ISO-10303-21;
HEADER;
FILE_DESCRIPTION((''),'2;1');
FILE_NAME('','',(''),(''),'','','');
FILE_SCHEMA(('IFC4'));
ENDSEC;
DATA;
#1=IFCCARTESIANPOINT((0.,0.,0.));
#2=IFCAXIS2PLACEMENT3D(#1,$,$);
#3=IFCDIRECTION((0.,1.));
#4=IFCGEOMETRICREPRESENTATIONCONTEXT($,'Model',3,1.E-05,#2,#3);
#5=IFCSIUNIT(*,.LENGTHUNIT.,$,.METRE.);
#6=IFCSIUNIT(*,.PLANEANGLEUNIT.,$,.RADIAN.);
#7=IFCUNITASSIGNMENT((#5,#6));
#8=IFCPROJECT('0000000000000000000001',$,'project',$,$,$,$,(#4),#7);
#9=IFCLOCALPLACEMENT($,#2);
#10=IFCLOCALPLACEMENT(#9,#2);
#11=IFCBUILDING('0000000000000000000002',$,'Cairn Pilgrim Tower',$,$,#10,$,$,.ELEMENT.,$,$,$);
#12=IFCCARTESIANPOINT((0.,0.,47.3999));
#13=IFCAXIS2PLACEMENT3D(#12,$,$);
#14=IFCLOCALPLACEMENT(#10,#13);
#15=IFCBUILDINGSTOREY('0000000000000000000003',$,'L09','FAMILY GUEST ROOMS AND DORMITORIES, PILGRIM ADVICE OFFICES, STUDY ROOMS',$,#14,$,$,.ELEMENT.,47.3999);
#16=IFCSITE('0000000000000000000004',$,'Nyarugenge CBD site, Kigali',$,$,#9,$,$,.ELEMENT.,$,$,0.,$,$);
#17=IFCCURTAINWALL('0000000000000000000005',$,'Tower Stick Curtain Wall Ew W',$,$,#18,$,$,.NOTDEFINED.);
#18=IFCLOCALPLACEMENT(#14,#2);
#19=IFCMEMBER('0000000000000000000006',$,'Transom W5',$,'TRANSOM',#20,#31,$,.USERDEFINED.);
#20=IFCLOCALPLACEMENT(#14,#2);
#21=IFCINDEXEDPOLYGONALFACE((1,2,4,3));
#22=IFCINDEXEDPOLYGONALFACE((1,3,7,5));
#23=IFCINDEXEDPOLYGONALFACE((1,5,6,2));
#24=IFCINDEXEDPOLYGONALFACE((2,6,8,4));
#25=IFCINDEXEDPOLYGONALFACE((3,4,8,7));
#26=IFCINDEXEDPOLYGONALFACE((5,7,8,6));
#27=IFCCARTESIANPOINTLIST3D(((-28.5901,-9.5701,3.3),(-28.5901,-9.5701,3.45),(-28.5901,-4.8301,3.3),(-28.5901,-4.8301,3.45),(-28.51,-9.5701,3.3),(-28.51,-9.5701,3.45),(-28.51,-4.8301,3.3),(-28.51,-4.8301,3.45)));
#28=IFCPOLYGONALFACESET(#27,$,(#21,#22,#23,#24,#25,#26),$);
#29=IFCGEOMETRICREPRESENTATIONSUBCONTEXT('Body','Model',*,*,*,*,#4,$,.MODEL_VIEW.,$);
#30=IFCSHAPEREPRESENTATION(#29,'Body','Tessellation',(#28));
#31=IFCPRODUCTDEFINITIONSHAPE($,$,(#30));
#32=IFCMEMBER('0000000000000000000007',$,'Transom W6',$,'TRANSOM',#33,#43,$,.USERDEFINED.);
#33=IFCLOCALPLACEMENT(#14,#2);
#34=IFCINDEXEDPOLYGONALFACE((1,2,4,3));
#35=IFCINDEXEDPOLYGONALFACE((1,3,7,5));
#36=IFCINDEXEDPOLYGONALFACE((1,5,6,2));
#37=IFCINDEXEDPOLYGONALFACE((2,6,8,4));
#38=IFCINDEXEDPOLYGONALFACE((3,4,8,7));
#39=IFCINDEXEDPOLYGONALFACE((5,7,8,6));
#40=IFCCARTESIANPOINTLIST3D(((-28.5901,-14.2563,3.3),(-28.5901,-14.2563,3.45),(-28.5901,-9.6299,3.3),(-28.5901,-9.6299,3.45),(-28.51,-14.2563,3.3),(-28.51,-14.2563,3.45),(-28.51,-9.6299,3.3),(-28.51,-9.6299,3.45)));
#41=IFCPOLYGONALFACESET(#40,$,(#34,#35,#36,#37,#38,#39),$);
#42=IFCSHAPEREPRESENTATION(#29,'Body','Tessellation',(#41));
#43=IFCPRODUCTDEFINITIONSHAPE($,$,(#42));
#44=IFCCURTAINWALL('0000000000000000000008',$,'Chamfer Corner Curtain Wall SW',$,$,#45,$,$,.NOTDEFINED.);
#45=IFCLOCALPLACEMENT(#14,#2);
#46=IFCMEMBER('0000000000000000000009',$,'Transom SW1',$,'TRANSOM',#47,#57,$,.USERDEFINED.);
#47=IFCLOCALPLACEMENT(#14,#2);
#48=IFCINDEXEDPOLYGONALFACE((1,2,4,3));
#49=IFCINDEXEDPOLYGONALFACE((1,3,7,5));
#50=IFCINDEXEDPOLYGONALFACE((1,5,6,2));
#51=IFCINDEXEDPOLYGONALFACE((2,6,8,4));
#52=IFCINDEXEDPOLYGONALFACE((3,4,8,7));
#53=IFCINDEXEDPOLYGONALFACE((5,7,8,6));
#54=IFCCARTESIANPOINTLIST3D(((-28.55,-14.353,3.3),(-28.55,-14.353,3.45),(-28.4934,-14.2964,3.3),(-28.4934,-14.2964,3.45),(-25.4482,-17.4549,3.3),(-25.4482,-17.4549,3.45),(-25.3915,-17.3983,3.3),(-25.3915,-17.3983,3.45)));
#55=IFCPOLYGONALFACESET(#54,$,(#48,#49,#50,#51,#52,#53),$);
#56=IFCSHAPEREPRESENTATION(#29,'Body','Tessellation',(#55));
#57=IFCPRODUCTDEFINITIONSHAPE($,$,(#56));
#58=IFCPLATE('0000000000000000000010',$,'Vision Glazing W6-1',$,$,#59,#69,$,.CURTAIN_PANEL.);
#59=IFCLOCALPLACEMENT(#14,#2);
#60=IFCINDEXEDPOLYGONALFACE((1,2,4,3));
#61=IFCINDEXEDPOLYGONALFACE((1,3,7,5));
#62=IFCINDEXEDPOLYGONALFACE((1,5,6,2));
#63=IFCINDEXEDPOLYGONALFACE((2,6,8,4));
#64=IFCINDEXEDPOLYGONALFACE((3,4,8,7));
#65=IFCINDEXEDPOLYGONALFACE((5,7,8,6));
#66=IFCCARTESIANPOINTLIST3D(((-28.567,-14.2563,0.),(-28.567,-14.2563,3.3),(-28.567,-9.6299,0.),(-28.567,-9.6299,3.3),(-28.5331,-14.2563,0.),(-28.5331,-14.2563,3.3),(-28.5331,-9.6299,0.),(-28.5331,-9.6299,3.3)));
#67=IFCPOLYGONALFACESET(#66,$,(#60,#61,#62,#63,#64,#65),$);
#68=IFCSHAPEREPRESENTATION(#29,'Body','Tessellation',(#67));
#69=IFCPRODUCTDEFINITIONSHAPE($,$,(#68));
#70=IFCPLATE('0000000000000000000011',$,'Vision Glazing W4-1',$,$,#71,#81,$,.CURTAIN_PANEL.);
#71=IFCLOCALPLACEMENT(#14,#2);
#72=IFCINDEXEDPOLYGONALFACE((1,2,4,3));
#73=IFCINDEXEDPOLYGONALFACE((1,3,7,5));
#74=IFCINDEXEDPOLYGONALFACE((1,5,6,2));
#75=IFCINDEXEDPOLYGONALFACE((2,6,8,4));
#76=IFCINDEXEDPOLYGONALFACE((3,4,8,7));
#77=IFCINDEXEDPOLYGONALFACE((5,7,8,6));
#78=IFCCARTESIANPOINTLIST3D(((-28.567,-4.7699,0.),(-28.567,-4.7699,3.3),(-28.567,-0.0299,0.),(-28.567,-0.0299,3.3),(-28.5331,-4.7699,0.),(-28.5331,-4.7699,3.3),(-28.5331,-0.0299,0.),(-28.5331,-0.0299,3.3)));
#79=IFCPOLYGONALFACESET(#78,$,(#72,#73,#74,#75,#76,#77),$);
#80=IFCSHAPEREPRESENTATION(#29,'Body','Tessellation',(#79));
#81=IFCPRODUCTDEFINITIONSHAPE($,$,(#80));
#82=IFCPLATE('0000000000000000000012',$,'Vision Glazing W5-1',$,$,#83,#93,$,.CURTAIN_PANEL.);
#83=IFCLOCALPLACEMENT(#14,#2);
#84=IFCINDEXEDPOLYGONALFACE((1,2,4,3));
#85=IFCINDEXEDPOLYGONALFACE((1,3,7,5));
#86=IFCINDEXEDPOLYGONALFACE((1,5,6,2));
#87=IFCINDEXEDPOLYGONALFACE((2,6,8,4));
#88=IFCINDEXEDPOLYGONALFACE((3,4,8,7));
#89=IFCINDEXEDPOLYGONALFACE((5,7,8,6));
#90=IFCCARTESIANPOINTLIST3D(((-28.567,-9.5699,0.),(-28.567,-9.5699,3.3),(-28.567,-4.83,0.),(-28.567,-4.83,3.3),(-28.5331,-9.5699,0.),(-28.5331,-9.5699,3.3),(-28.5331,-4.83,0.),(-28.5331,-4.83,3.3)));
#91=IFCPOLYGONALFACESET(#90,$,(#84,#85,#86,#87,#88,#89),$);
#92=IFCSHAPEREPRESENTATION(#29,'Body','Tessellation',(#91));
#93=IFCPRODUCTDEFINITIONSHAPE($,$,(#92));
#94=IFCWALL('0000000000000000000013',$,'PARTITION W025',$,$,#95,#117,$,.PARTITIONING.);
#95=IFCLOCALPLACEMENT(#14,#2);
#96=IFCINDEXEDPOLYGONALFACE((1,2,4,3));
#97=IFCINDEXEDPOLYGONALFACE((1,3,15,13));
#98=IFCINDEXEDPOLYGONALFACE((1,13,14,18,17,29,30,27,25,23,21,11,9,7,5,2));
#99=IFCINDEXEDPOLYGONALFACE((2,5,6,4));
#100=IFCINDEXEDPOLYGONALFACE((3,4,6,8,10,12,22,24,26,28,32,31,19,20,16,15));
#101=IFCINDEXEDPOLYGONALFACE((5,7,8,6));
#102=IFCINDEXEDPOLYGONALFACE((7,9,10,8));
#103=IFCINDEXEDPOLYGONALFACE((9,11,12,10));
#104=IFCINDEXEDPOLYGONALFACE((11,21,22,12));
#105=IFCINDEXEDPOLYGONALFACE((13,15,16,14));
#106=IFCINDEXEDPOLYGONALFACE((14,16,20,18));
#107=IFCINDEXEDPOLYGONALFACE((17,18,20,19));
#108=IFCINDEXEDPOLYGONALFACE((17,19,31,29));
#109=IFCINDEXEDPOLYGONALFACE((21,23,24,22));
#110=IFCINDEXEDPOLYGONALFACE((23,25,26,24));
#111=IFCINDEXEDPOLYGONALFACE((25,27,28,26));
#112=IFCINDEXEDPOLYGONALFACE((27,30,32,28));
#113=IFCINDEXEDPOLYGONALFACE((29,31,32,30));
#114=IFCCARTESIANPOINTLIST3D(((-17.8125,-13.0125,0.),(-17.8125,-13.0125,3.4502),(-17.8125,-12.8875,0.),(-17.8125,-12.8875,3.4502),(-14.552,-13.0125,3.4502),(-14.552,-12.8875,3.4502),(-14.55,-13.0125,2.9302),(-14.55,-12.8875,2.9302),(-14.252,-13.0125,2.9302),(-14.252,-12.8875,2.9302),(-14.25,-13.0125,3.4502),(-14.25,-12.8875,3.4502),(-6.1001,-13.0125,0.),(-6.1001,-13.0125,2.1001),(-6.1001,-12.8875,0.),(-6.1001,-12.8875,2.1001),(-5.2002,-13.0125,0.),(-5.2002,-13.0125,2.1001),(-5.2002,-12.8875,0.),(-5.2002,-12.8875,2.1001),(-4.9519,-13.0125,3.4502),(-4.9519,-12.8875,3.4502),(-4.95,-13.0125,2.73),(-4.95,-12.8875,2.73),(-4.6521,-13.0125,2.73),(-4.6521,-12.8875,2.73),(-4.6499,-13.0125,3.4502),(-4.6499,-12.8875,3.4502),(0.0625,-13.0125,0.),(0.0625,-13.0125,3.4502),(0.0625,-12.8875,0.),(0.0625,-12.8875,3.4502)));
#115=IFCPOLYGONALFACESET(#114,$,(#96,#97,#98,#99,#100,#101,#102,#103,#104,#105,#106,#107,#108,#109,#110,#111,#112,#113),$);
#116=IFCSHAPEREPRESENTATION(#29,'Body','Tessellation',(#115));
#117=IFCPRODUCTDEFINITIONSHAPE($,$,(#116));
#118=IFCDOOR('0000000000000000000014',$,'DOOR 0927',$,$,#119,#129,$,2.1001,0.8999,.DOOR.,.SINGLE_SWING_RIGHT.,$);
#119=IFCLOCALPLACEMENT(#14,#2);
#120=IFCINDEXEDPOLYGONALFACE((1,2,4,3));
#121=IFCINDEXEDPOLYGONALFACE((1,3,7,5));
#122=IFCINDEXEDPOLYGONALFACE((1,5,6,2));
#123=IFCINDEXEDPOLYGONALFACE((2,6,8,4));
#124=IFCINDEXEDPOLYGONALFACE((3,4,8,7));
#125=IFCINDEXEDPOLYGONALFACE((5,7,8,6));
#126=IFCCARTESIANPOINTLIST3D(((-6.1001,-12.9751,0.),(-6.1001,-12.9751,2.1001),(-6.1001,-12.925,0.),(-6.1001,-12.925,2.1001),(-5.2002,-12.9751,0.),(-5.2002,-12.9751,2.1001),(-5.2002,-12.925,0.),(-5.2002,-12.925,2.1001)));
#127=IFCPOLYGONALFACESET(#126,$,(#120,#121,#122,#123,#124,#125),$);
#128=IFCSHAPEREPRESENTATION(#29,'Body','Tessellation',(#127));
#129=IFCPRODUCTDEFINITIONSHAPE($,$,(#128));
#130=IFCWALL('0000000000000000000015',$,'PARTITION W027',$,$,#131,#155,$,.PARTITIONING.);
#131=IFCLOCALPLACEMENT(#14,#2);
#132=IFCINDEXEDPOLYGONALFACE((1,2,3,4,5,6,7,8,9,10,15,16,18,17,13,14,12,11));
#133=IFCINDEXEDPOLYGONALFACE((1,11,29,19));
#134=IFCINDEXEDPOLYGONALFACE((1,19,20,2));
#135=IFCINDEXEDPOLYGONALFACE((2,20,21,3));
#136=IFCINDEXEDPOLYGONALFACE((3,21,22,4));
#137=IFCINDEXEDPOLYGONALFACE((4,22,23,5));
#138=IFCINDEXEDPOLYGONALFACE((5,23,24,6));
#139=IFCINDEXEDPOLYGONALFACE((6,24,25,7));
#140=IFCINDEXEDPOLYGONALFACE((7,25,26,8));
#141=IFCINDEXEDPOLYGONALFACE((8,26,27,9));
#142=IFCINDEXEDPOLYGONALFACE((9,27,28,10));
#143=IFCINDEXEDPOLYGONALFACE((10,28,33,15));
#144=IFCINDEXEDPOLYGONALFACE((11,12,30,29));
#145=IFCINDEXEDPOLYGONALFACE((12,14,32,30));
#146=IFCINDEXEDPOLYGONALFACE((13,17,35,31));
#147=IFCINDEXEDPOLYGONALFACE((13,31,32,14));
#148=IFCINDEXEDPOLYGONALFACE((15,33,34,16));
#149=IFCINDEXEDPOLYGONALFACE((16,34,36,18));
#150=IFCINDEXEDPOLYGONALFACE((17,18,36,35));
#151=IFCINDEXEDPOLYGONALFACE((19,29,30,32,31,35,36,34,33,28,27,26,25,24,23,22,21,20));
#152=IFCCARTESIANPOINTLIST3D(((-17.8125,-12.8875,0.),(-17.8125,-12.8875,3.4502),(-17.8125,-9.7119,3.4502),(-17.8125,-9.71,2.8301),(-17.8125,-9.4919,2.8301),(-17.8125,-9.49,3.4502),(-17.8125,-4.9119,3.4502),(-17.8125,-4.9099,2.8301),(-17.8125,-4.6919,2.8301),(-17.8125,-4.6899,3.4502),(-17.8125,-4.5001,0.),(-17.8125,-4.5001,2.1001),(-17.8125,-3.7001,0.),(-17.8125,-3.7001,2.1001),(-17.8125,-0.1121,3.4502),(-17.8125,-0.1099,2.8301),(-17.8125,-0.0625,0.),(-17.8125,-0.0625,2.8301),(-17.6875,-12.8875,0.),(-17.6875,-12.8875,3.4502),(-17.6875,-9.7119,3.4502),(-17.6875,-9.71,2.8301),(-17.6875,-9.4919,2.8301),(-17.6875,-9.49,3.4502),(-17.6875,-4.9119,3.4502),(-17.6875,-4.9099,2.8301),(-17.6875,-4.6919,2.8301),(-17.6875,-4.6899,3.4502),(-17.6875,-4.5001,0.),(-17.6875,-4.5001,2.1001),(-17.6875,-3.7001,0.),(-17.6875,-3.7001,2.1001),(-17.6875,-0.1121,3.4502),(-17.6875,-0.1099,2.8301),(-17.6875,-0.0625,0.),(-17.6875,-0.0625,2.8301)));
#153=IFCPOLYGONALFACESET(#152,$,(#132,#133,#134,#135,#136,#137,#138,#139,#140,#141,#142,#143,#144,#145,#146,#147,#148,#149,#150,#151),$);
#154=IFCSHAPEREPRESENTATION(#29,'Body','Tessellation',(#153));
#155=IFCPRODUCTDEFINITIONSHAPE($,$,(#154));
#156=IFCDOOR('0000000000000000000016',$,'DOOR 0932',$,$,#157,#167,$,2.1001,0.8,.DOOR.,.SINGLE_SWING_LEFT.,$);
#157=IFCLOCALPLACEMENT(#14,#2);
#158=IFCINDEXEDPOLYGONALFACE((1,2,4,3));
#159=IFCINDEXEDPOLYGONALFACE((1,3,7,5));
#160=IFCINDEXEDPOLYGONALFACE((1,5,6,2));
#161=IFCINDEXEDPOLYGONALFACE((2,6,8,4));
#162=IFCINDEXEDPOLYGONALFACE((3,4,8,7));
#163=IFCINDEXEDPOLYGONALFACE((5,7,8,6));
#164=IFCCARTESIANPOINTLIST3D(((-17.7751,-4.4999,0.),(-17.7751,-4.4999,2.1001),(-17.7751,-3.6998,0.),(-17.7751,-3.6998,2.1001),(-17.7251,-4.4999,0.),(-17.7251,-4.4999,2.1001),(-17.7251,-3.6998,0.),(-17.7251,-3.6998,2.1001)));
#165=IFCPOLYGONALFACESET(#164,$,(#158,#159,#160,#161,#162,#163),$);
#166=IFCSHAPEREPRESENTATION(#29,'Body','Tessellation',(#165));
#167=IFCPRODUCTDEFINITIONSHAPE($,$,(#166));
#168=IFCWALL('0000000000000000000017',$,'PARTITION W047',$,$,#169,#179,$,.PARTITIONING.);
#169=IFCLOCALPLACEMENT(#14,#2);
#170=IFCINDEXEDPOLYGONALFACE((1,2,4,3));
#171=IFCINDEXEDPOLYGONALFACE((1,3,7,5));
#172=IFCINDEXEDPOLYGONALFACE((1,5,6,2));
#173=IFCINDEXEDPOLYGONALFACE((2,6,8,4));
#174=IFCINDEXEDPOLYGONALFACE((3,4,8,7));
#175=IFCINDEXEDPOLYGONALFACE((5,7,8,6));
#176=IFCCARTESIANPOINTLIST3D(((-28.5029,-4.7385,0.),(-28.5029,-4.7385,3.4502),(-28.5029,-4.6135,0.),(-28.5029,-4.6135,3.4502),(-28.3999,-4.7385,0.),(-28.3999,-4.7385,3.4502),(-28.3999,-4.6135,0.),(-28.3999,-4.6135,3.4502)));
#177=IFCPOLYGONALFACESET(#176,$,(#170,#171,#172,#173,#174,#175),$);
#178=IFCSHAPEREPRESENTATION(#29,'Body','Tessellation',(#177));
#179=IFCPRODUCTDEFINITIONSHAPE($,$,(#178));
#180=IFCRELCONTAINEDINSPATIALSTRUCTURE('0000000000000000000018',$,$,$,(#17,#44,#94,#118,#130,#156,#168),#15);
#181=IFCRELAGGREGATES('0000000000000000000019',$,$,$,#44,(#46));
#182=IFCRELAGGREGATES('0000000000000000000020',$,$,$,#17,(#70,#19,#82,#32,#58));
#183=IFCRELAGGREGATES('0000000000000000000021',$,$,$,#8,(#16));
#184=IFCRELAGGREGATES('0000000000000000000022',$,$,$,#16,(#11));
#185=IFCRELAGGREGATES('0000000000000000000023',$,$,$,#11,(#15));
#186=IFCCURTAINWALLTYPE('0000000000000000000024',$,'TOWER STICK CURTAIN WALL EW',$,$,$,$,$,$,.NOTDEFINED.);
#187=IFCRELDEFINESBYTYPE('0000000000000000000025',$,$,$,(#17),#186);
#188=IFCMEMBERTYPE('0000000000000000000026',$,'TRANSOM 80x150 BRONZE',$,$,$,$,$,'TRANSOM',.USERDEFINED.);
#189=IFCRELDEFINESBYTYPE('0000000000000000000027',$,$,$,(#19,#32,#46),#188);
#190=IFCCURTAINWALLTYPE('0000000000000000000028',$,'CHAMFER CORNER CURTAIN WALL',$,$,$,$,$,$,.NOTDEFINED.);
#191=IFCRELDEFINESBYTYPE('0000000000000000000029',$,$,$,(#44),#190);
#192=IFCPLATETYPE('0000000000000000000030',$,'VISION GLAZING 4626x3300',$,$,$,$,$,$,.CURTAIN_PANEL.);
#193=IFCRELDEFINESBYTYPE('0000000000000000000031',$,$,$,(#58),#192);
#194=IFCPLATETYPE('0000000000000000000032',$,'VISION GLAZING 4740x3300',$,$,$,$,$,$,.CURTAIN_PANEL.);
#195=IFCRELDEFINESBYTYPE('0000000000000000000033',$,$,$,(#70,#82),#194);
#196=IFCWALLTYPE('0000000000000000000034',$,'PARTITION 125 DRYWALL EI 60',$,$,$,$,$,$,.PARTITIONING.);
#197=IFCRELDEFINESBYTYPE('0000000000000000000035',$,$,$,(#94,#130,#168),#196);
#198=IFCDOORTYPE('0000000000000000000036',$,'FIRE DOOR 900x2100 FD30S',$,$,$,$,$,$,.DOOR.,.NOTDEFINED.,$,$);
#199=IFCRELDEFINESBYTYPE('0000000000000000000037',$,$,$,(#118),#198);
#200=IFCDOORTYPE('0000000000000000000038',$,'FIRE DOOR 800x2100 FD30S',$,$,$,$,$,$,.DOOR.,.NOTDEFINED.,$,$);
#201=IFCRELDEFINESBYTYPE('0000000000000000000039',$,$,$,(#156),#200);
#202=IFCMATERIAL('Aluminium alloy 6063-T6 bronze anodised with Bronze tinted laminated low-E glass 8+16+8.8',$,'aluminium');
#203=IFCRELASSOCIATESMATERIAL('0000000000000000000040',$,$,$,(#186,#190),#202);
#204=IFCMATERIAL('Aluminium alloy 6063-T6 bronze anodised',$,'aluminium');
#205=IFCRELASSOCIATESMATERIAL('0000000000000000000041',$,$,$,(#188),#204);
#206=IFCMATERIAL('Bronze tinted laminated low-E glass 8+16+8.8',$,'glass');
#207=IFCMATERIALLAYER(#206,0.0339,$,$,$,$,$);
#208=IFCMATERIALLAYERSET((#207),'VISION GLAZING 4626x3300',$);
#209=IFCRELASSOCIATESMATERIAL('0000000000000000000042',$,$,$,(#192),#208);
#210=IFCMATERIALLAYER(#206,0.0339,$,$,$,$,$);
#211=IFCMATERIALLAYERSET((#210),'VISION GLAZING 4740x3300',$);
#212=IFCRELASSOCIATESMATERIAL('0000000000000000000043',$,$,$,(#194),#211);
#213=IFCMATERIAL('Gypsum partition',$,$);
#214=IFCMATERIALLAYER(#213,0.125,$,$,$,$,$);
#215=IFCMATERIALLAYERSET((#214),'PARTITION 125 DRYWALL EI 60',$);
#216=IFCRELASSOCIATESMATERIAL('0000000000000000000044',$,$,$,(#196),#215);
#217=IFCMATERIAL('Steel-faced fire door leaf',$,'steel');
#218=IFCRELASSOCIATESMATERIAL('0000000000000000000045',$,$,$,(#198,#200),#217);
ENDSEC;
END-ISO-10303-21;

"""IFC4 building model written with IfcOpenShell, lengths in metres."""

from ifc_helpers import new_model, si_unit, direction, frame, frame_2d, origin, origin_2d, place, context, subcontext, project, spatial, polyline, rectangle, outline, extrude, material, layer, layer_set, material_profile, profile_set, type_object, element, fill, aggregate, save


model = new_model("IFC4")

# Units and contexts
model_context = context("Model", 3, precision=1e-05, world=origin(), true_north=direction((0.0, 1.0)))
body_context = subcontext(model_context, "Body", "Model", "MODEL_VIEW")
ifc_project = project(units=[si_unit("LENGTHUNIT", "METRE"), si_unit("PLANEANGLEUNIT", "RADIAN")], contexts=[model_context])

# Site, building, storey
site_placement = place(None, origin())
site = spatial("IfcSite", under=ifc_project, at=site_placement, Name="Nyarugenge CBD site, Kigali", CompositionType="ELEMENT", RefElevation=0.0)
building_placement = place(site_placement, origin())
building = spatial("IfcBuilding", under=site, at=building_placement, Name="Cairn Pilgrim Tower", CompositionType="ELEMENT")
storey_placement = place(building_placement, frame((0.0, 0.0, 47.3999)))
storey = spatial("IfcBuildingStorey", under=building, at=storey_placement, Name="L09", Description="FAMILY GUEST ROOMS AND DORMITORIES, PILGRIM ADVICE OFFICES, STUDY ROOMS", CompositionType="ELEMENT", Elevation=47.3999)

# Curtain wall
ifc_material_1 = material(Name="Aluminium alloy 6063-T6 bronze anodised with Bronze tinted laminated low-E glass 8+16+8.8", Category="aluminium")
curtain_wall_type_1 = type_object("IfcCurtainWallType", Name="TOWER STICK CURTAIN WALL EW", PredefinedType="NOTDEFINED", material=ifc_material_1)
curtain_wall_1_placement = place(storey_placement, origin())
curtain_wall_1 = element("IfcCurtainWall", 1, at=curtain_wall_1_placement, inside=storey, type_object=curtain_wall_type_1, Name="Tower Stick Curtain Wall Ew W", PredefinedType="NOTDEFINED")
ifc_material_2 = material(Name="Aluminium alloy 6063-T6 bronze anodised", Category="aluminium")

# Members
ifc_material_profile_1 = material_profile(ifc_material_2, rectangle(XDim=0.0801, YDim=0.1499, at=origin_2d()), Name="TRANSOM 80x150 BRONZE")
ifc_profile_set_1 = profile_set([ifc_material_profile_1], Name="Aluminium alloy 6063-T6 bronze anodised")
member_type_1 = type_object("IfcMemberType", Name="TRANSOM 80x150 BRONZE", ElementType="TRANSOM", PredefinedType="USERDEFINED", material=ifc_profile_set_1)
member_1_placement = place(storey_placement, frame((-28.55, -4.8301, 3.375), z_axis=(0.0, -1.0, 0.0), x_axis=(1.0, 0.0, 0.0)))
member_1 = element("IfcMember", 2, at=member_1_placement, type_object=member_type_1, Name="Transom W5", ObjectType="TRANSOM", PredefinedType="USERDEFINED", context=body_context, shape_type="SweptSolid", body=[
    extrude(rectangle(XDim=0.0801, YDim=0.1499, at=origin_2d()), origin(), (0.0, 0.0, 1.0), 4.74),
])
member_2_placement = place(storey_placement, frame((-28.55, -9.6299, 3.375), z_axis=(0.0, -1.0, 0.0), x_axis=(1.0, 0.0, 0.0)))
member_2 = element("IfcMember", 3, at=member_2_placement, type_object=member_type_1, Name="Transom W6", ObjectType="TRANSOM", PredefinedType="USERDEFINED", context=body_context, shape_type="SweptSolid", body=[
    extrude(rectangle(XDim=0.0801, YDim=0.1499, at=origin_2d()), origin(), (0.0, 0.0, 1.0), 4.6265),
])

# Curtain wall, member
curtain_wall_type_2 = type_object("IfcCurtainWallType", Name="CHAMFER CORNER CURTAIN WALL", PredefinedType="NOTDEFINED", material=ifc_material_1)
curtain_wall_2_placement = place(storey_placement, origin())
curtain_wall_2 = element("IfcCurtainWall", 4, at=curtain_wall_2_placement, inside=storey, type_object=curtain_wall_type_2, Name="Chamfer Corner Curtain Wall SW", PredefinedType="NOTDEFINED")
member_3_placement = place(storey_placement, frame((-28.5217, -14.3247, 3.375), z_axis=(0.707107, -0.707107, 0.0), x_axis=(0.707107, 0.707107, 0.0)))
member_3 = element("IfcMember", 5, at=member_3_placement, type_object=member_type_1, Name="Transom SW1", ObjectType="TRANSOM", PredefinedType="USERDEFINED", context=body_context, shape_type="SweptSolid", body=[
    extrude(rectangle(XDim=0.0801, YDim=0.1499, at=origin_2d()), origin(), (0.0, 0.0, 1.0), 4.3867),
])
aggregate(curtain_wall_2, [member_3])

# Plates
ifc_material_3 = material(Name="Bronze tinted laminated low-E glass 8+16+8.8", Category="glass")
ifc_layer_1 = layer(ifc_material_3, 0.0339)
ifc_layer_set_1 = layer_set([ifc_layer_1], Name="VISION GLAZING 4626x3300")
plate_type_1 = type_object("IfcPlateType", Name="VISION GLAZING 4626x3300", PredefinedType="CURTAIN_PANEL", material=ifc_layer_set_1)
plate_1_placement = place(storey_placement, frame((-28.55, -11.9431, 0.0), z_axis=(0.0, 0.0, 1.0), x_axis=(0.0, -1.0, 0.0)))
plate_1 = element("IfcPlate", 6, at=plate_1_placement, type_object=plate_type_1, Name="Vision Glazing W6-1", PredefinedType="CURTAIN_PANEL", context=body_context, shape_type="SweptSolid", body=[
    extrude(rectangle(XDim=4.6265, YDim=0.0339, at=origin_2d()), origin(), (0.0, 0.0, 1.0), 3.3),
])
ifc_layer_2 = layer(ifc_material_3, 0.0339)
ifc_layer_set_2 = layer_set([ifc_layer_2], Name="VISION GLAZING 4740x3300")
plate_type_2 = type_object("IfcPlateType", Name="VISION GLAZING 4740x3300", PredefinedType="CURTAIN_PANEL", material=ifc_layer_set_2)
plate_2_placement = place(storey_placement, frame((-28.55, -2.3999, 0.0), z_axis=(0.0, 0.0, 1.0), x_axis=(0.0, -1.0, 0.0)))
plate_2 = element("IfcPlate", 7, at=plate_2_placement, type_object=plate_type_2, Name="Vision Glazing W4-1", PredefinedType="CURTAIN_PANEL", context=body_context, shape_type="SweptSolid", body=[
    extrude(rectangle(XDim=4.74, YDim=0.0339, at=origin_2d()), origin(), (0.0, 0.0, 1.0), 3.3),
])
plate_3_placement = place(storey_placement, frame((-28.55, -7.2, 0.0), z_axis=(0.0, 0.0, 1.0), x_axis=(0.0, -1.0, 0.0)))
plate_3 = element("IfcPlate", 8, at=plate_3_placement, type_object=plate_type_2, Name="Vision Glazing W5-1", PredefinedType="CURTAIN_PANEL", context=body_context, shape_type="SweptSolid", body=[
    extrude(rectangle(XDim=4.74, YDim=0.0339, at=origin_2d()), origin(), (0.0, 0.0, 1.0), 3.3),
])
aggregate(curtain_wall_1, [plate_2, member_1, plate_3, member_2, plate_1])

# Walls, openings, doors
ifc_material_4 = material(Name="Gypsum partition")
ifc_layer_3 = layer(ifc_material_4, 0.125)
ifc_layer_set_3 = layer_set([ifc_layer_3], Name="PARTITION 125 DRYWALL EI 60")
wall_type_1 = type_object("IfcWallType", Name="PARTITION 125 DRYWALL EI 60", PredefinedType="PARTITIONING", material=ifc_layer_set_3)
wall_1_placement = place(storey_placement, frame((-17.8125, -12.95, 0.0), z_axis=(0.0, 0.0, 1.0), x_axis=(1.0, 0.0, 0.0)))
wall_1 = element("IfcWall", 9, at=wall_1_placement, inside=storey, type_object=wall_type_1, Name="PARTITION W025", PredefinedType="PARTITIONING", context=body_context, shape_type="SweptSolid", body=[
    extrude(outline(polyline([(0.0, 0.0), (17.875, 0.0), (17.875, 3.4502), (13.1626, 3.4502), (13.1604, 2.73), (12.8625, 2.73), (12.8606, 3.4502), (3.5625, 3.4502), (3.5605, 2.9302), (3.2625, 2.9302), (3.2605, 3.4502), (0.0, 3.4502), (0.0, 0.0)])), frame((0.0, 0.0625, 0.0), z_axis=(0.0, -1.0, 0.0), x_axis=(1.0, 0.0, 0.0)), (0.0, 0.0, 1.0), 0.125),
])
opening_1_placement = place(wall_1_placement, frame((11.7124, 0.0, 0.0)))
opening_1 = element("IfcOpeningElement", 10, at=opening_1_placement, cuts=wall_1, PredefinedType="OPENING", context=body_context, shape_type="SweptSolid", body=[
    extrude(rectangle(XDim=0.8999, YDim=2.1001, at=frame_2d((0.45, 1.05))), frame((0.0, 0.0725, 0.0), z_axis=(0.0, -1.0, 0.0), x_axis=(1.0, 0.0, 0.0)), (0.0, 0.0, 1.0), 0.145),
])
ifc_material_5 = material(Name="Steel-faced fire door leaf", Category="steel")
door_type_1 = type_object("IfcDoorType", Name="FIRE DOOR 900x2100 FD30S", OperationType="NOTDEFINED", PredefinedType="DOOR", material=ifc_material_5)
door_1_placement = place(opening_1_placement, origin())
door_1 = element("IfcDoor", 11, at=door_1_placement, inside=storey, type_object=door_type_1, Name="DOOR 0927", OperationType="SINGLE_SWING_RIGHT", OverallHeight=2.1001, OverallWidth=0.8999, PredefinedType="DOOR", context=body_context, shape_type="SweptSolid", body=[
    extrude(rectangle(XDim=0.8999, YDim=2.1001, at=frame_2d((0.45, 1.05))), frame((0.0, 0.0249, 0.0), z_axis=(0.0, -1.0, 0.0), x_axis=(1.0, 0.0, 0.0)), (0.0, 0.0, 1.0), 0.05),
])
fill(opening_1, door_1)
wall_2_placement = place(storey_placement, frame((-17.75, -12.8875, 0.0), z_axis=(0.0, 0.0, 1.0), x_axis=(0.0, 1.0, 0.0)))
wall_2 = element("IfcWall", 12, at=wall_2_placement, inside=storey, type_object=wall_type_1, Name="PARTITION W027", PredefinedType="PARTITIONING", context=body_context, shape_type="SweptSolid", body=[
    extrude(outline(polyline([(0.0, 0.0), (12.825, 0.0), (12.825, 2.8301), (12.7776, 2.8301), (12.7754, 3.4502), (8.1975, 3.4502), (8.1956, 2.8301), (7.9775, 2.8301), (7.9756, 3.4502), (3.3975, 3.4502), (3.3955, 2.8301), (3.1775, 2.8301), (3.1755, 3.4502), (0.0, 3.4502), (0.0, 0.0)])), frame((0.0, 0.0625, 0.0), z_axis=(0.0, -1.0, 0.0), x_axis=(1.0, 0.0, 0.0)), (0.0, 0.0, 1.0), 0.125),
])
opening_2_placement = place(wall_2_placement, frame((8.3875, 0.0, 0.0)))
opening_2 = element("IfcOpeningElement", 13, at=opening_2_placement, cuts=wall_2, PredefinedType="OPENING", context=body_context, shape_type="SweptSolid", body=[
    extrude(rectangle(XDim=0.8, YDim=2.1001, at=frame_2d((0.3999, 1.05))), frame((0.0, 0.0725, 0.0), z_axis=(0.0, -1.0, 0.0), x_axis=(1.0, 0.0, 0.0)), (0.0, 0.0, 1.0), 0.145),
])
door_type_2 = type_object("IfcDoorType", Name="FIRE DOOR 800x2100 FD30S", OperationType="NOTDEFINED", PredefinedType="DOOR", material=ifc_material_5)
door_2_placement = place(opening_2_placement, frame((0.8, 0.0, 0.0), z_axis=(0.0, 0.0, 1.0), x_axis=(-1.0, 0.0, 0.0)))
door_2 = element("IfcDoor", 14, at=door_2_placement, inside=storey, type_object=door_type_2, Name="DOOR 0932", OperationType="SINGLE_SWING_LEFT", OverallHeight=2.1001, OverallWidth=0.8, PredefinedType="DOOR", context=body_context, shape_type="SweptSolid", body=[
    extrude(rectangle(XDim=0.8, YDim=2.1001, at=frame_2d((0.3999, 1.05))), frame((0.0, 0.0249, 0.0), z_axis=(0.0, -1.0, 0.0), x_axis=(1.0, 0.0, 0.0)), (0.0, 0.0, 1.0), 0.05),
])
fill(opening_2, door_2)

# Wall
wall_3_placement = place(storey_placement, frame((-28.5029, -4.676, 0.0), z_axis=(0.0, 0.0, 1.0), x_axis=(1.0, 0.0, 0.0)))
element("IfcWall", 15, at=wall_3_placement, inside=storey, type_object=wall_type_1, Name="PARTITION W047", PredefinedType="PARTITIONING", context=body_context, shape_type="SweptSolid", body=[
    extrude(rectangle(XDim=0.103, YDim=0.125, at=frame_2d((0.0515, 0.0))), origin(), (0.0, 0.0, 1.0), 3.4502),
])

save(model, "model.ifc")
